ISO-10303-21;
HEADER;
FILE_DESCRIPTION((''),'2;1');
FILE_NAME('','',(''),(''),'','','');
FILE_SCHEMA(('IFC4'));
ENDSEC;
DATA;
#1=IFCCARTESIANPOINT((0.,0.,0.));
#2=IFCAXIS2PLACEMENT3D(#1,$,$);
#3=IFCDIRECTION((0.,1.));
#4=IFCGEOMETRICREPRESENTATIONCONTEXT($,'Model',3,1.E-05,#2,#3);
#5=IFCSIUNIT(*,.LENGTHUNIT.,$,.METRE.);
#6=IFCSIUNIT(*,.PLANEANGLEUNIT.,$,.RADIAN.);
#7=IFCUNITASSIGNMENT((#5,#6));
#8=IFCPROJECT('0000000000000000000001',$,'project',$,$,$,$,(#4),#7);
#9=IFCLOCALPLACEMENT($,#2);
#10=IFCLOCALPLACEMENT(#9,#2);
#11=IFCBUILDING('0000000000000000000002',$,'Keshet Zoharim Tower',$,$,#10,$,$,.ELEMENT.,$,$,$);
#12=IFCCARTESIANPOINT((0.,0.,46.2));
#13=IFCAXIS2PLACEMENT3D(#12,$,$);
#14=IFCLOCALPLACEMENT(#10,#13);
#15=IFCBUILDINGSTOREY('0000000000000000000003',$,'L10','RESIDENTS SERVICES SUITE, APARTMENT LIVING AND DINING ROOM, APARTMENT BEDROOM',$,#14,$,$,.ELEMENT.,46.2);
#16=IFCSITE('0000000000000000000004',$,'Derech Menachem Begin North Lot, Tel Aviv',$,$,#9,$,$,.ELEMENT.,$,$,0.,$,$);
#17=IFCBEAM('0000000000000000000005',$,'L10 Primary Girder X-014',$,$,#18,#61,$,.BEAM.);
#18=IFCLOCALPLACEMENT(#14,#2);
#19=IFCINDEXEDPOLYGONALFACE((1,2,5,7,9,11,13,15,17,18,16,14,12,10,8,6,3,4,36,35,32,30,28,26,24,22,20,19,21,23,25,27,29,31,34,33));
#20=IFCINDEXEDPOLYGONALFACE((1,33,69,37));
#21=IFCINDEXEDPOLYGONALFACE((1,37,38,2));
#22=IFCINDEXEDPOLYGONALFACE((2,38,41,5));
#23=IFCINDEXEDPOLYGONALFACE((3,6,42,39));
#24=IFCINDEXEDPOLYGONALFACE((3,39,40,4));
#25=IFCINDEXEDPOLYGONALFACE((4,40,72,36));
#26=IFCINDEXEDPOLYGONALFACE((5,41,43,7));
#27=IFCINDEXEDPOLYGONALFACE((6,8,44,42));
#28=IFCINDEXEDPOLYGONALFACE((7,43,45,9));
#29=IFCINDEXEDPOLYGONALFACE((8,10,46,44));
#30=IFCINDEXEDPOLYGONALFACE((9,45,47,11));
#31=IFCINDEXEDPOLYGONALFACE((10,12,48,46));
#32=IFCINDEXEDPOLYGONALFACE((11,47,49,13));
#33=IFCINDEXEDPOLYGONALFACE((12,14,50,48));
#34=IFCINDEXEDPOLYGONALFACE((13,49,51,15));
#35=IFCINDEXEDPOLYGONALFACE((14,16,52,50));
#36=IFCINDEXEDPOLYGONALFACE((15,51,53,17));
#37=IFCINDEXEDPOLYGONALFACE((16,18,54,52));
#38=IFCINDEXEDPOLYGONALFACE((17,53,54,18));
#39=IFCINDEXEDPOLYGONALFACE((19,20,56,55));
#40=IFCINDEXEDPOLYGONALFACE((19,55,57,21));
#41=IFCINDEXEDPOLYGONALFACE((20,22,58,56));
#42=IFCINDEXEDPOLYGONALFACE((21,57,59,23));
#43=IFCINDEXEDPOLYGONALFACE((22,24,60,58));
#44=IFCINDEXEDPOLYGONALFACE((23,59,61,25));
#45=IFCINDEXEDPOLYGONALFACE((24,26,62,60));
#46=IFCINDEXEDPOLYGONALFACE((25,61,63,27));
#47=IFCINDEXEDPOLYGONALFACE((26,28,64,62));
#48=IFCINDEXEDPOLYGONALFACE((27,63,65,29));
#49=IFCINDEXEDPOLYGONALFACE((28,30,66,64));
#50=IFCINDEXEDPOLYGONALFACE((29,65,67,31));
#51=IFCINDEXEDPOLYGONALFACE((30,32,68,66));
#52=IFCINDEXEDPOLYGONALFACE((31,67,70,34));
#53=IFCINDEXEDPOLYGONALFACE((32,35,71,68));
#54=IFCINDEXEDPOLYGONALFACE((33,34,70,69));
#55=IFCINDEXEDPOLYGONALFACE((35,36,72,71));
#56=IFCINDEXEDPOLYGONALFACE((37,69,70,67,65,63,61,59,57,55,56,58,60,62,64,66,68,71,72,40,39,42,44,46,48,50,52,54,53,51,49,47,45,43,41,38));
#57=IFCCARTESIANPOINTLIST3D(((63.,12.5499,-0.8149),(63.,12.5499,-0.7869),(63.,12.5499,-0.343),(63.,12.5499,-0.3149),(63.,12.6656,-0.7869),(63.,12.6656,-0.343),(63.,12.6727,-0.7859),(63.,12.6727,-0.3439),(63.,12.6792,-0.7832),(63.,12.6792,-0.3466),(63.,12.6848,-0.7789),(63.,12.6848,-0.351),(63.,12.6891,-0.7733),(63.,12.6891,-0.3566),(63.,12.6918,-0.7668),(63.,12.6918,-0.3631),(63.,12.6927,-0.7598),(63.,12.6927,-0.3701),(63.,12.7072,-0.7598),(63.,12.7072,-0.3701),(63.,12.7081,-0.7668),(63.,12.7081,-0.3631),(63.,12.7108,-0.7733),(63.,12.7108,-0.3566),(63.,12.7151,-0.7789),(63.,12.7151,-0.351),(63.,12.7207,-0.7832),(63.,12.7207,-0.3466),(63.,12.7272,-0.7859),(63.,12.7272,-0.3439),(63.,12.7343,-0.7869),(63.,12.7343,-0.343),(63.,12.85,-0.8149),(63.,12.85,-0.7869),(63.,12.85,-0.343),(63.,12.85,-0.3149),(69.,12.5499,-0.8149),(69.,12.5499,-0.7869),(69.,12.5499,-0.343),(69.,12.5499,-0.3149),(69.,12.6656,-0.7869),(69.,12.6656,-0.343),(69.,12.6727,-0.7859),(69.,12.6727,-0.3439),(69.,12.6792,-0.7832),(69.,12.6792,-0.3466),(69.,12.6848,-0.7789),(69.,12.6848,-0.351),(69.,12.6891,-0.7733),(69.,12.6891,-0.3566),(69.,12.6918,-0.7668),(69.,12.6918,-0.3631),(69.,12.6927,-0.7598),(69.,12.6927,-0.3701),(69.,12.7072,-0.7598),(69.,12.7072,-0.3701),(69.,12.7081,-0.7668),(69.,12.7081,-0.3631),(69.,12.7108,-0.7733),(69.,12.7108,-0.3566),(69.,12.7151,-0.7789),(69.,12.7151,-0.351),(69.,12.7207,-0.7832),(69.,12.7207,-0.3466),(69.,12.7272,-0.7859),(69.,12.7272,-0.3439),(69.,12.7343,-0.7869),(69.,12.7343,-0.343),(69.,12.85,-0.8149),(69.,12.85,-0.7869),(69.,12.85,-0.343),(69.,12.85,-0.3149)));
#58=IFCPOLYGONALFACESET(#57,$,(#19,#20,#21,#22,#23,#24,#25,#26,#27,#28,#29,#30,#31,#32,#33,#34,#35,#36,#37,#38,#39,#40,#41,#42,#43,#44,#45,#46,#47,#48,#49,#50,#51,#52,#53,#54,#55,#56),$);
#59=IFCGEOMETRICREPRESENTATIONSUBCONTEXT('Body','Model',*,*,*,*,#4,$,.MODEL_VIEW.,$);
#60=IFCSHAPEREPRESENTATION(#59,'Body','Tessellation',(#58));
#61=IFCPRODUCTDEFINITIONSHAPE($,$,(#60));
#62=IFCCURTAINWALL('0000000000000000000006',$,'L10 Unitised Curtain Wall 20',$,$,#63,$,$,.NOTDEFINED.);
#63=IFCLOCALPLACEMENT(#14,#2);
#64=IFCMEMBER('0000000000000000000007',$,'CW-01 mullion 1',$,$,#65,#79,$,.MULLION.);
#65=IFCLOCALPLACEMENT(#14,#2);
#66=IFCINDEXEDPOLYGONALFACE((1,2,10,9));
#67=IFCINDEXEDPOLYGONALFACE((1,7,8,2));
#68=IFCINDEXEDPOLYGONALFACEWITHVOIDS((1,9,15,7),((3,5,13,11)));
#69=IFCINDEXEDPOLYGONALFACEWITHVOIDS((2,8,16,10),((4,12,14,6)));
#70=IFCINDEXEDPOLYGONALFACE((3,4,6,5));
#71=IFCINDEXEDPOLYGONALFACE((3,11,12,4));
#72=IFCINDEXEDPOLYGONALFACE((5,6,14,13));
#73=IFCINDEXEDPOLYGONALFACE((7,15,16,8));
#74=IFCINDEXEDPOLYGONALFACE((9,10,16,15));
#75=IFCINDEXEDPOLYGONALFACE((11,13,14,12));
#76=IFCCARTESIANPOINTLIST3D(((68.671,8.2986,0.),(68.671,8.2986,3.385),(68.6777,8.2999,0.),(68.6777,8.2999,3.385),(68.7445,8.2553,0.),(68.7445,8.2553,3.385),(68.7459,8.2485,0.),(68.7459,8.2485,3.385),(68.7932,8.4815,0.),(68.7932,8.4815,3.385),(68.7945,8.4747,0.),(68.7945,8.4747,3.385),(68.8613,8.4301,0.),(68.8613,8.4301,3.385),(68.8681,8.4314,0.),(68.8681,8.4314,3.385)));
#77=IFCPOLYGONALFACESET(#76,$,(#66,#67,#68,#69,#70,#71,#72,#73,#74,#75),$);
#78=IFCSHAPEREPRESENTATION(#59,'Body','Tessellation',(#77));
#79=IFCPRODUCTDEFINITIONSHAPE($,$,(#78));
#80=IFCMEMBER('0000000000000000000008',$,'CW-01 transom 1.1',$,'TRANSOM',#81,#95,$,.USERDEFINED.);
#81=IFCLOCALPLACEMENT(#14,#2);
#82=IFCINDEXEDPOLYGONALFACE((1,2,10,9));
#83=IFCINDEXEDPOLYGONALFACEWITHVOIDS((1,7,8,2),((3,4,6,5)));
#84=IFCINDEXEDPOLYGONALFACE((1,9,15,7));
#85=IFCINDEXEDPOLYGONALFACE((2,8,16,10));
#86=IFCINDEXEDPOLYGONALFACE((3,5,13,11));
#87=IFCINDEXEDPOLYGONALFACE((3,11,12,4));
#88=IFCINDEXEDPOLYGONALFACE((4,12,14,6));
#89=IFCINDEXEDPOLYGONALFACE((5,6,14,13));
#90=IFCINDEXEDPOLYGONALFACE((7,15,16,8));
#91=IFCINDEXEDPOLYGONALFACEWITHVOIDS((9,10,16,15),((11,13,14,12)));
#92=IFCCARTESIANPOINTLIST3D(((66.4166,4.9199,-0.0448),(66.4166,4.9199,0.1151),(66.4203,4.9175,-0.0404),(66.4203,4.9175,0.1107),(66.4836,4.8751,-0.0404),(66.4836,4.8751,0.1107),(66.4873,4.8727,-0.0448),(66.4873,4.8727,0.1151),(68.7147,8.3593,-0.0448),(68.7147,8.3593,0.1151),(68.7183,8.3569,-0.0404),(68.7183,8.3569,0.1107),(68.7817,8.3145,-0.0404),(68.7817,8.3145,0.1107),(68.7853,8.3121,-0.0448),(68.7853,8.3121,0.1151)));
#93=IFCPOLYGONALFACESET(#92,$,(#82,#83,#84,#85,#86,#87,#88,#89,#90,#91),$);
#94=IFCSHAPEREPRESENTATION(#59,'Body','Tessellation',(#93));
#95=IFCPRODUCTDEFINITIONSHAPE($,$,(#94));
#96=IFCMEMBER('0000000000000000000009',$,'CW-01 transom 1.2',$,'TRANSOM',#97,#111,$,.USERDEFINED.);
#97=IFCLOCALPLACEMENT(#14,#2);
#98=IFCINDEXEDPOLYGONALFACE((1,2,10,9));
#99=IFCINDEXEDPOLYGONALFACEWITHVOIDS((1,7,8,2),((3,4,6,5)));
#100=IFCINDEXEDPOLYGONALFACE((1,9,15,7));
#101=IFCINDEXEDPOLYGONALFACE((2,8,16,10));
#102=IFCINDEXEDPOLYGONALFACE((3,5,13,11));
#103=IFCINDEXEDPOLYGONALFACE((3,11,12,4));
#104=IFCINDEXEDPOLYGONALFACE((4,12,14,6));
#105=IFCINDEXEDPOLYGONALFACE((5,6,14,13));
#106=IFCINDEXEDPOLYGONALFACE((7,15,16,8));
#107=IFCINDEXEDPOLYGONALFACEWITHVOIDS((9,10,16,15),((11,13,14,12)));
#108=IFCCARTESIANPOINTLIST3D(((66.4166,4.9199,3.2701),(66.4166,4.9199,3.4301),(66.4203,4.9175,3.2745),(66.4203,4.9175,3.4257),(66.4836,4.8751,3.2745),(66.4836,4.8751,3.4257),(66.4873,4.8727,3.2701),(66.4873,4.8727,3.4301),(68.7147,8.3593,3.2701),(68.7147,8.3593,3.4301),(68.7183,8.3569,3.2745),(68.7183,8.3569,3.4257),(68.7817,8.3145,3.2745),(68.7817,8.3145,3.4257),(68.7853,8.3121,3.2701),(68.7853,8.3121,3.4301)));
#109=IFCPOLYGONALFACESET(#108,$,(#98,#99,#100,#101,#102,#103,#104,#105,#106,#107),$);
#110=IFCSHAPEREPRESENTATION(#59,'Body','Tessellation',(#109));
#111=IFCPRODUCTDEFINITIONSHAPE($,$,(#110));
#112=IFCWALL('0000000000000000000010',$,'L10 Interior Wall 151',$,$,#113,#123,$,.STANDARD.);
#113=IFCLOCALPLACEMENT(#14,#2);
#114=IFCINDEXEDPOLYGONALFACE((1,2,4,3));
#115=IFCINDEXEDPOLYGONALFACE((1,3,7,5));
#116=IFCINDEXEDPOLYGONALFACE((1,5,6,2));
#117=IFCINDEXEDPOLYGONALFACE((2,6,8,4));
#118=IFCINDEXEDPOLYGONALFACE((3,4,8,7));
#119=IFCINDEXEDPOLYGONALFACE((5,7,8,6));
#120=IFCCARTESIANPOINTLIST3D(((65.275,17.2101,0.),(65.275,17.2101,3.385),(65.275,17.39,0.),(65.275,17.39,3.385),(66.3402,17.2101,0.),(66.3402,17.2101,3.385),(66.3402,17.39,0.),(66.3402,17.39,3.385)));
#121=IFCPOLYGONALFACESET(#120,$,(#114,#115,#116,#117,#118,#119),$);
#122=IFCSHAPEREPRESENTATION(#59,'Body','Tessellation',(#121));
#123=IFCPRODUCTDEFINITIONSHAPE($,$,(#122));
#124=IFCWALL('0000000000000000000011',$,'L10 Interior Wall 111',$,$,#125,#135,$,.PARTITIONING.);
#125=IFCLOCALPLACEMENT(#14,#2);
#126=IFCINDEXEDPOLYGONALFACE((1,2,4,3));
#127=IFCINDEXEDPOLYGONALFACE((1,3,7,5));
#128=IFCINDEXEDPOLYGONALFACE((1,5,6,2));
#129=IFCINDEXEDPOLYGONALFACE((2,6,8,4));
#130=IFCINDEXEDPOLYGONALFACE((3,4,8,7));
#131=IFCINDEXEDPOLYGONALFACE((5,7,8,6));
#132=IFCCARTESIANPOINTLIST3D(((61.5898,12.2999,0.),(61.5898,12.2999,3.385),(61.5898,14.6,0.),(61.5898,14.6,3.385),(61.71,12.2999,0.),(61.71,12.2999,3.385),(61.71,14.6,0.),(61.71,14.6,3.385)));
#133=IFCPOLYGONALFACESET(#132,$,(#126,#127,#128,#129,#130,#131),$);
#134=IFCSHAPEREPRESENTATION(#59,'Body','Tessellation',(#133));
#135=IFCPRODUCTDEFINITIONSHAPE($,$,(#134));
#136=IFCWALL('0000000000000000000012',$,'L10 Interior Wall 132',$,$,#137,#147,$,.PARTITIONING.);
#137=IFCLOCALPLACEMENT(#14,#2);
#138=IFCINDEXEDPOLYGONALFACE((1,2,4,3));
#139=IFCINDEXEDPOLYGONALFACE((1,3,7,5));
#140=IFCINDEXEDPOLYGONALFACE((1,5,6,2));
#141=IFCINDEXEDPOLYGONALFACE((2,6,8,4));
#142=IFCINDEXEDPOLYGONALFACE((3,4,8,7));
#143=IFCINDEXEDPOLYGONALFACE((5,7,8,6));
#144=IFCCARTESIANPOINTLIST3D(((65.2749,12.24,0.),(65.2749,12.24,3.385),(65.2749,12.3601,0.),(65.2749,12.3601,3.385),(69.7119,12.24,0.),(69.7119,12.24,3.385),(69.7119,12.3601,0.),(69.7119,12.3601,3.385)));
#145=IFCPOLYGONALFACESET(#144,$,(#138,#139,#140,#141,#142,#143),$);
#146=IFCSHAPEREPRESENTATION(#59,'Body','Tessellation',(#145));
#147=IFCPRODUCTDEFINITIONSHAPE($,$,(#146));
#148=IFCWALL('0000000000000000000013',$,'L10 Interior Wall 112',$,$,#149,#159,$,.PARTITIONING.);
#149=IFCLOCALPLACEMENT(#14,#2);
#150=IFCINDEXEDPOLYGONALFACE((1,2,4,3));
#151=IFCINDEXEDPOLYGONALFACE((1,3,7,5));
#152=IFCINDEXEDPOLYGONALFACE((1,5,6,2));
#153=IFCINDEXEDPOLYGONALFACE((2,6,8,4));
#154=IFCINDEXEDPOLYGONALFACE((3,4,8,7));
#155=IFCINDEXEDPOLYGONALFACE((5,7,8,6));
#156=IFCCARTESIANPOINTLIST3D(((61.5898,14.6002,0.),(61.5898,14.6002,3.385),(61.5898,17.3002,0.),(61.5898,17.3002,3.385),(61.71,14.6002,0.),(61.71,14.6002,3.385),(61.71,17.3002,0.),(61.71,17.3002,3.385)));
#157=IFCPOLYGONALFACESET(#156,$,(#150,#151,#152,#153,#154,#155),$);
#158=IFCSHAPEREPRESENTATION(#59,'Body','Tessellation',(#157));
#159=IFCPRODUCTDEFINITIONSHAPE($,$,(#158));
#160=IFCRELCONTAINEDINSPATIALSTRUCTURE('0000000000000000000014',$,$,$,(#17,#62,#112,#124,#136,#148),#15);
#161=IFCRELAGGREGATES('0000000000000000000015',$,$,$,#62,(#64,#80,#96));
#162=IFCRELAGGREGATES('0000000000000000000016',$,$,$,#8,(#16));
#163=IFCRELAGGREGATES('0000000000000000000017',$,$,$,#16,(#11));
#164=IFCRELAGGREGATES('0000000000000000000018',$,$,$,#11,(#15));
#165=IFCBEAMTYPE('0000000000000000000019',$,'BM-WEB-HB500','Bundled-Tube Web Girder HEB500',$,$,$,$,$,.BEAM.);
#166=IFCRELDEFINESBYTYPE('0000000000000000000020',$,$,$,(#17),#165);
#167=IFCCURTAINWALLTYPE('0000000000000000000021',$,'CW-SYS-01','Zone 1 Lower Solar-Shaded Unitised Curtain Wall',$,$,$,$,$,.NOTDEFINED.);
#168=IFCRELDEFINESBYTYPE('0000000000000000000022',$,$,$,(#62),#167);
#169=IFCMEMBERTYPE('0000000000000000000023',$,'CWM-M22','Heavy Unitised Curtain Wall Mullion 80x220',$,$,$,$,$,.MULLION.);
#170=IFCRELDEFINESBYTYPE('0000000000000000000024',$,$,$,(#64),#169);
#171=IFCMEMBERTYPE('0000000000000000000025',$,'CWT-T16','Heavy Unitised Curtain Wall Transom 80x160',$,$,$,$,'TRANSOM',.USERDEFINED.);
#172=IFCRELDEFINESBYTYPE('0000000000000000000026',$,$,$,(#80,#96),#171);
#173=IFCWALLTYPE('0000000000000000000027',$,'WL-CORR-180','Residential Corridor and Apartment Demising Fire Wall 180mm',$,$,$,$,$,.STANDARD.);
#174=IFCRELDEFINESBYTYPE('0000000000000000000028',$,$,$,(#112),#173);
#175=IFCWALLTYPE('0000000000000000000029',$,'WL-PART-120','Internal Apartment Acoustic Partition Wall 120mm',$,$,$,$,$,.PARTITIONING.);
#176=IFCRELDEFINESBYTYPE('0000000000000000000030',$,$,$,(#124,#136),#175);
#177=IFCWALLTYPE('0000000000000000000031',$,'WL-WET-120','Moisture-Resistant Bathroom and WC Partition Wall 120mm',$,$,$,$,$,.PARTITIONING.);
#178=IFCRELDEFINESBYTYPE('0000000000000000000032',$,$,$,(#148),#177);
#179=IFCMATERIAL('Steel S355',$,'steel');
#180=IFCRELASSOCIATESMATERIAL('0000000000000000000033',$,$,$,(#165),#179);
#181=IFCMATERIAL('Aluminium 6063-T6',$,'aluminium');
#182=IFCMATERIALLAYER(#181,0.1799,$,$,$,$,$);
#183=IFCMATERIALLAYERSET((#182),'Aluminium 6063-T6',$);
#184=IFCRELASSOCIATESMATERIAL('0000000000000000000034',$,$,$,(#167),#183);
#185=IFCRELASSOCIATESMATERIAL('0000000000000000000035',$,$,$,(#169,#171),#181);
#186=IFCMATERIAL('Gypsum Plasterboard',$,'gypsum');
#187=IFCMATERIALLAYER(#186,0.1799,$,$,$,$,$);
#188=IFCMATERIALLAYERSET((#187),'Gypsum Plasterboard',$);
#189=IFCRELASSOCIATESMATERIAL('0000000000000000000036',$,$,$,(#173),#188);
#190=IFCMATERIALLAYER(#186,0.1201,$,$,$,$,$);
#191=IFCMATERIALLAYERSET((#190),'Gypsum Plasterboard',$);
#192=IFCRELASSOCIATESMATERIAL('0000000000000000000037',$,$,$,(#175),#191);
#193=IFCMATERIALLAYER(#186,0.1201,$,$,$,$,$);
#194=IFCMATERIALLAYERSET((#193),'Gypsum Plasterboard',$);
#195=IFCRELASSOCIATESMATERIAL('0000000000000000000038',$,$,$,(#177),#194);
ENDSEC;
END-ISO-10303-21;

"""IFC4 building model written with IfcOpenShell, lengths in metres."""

from ifc_helpers import new_model, si_unit, direction, frame, frame_2d, origin, origin_2d, place, context, subcontext, project, spatial, rectangle, hollow_rectangle, i_section, extrude, material, layer, layer_set, material_profile, profile_set, type_object, element, aggregate, save


model = new_model("IFC4")

# Units and contexts
model_context = context("Model", 3, precision=1e-05, world=origin(), true_north=direction((0.0, 1.0)))
body_context = subcontext(model_context, "Body", "Model", "MODEL_VIEW")
ifc_project = project(units=[si_unit("LENGTHUNIT", "METRE"), si_unit("PLANEANGLEUNIT", "RADIAN")], contexts=[model_context])

# Site, building, storey
site_placement = place(None, origin())
site = spatial("IfcSite", under=ifc_project, at=site_placement, Name="Derech Menachem Begin North Lot, Tel Aviv", CompositionType="ELEMENT", RefElevation=0.0)
building_placement = place(site_placement, origin())
building = spatial("IfcBuilding", under=site, at=building_placement, Name="Keshet Zoharim Tower", CompositionType="ELEMENT")
storey_placement = place(building_placement, frame((0.0, 0.0, 46.2)))
storey = spatial("IfcBuildingStorey", under=building, at=storey_placement, Name="L10", Description="RESIDENTS SERVICES SUITE, APARTMENT LIVING AND DINING ROOM, APARTMENT BEDROOM", CompositionType="ELEMENT", Elevation=46.2)

# Beam
ifc_material_1 = material(Name="Steel S355", Category="steel")
ifc_material_profile_1 = material_profile(ifc_material_1, i_section(OverallWidth=0.3, OverallDepth=0.5, WebThickness=0.0144, FlangeThickness=0.0281, FilletRadius=0.0271, at=origin_2d()), Name="HEB500")
ifc_profile_set_1 = profile_set([ifc_material_profile_1], Name="Steel S355")
beam_type_1 = type_object("IfcBeamType", Name="BM-WEB-HB500", Description="Bundled-Tube Web Girder HEB500", PredefinedType="BEAM", material=ifc_profile_set_1)
for number, where, z_axis, x_axis, name in (
    (1, (63.0, 12.7, -0.5649), (1.0, 0.0, 0.0), (0.0, 1.0, 0.0), "L10 Primary Girder X-014"),
):
    element("IfcBeam", number, at=place(storey_placement, frame(where, z_axis=z_axis, x_axis=x_axis)), inside=storey, type_object=beam_type_1, Name=name, PredefinedType="BEAM", context=body_context, shape_type="SweptSolid", body=[
        extrude(i_section(OverallWidth=0.3, OverallDepth=0.5, WebThickness=0.0144, FlangeThickness=0.0281, FilletRadius=0.0271, at=origin_2d()), origin(), (0.0, 0.0, 1.0), 6.0),
    ])

# Curtain wall, members
ifc_material_2 = material(Name="Aluminium 6063-T6", Category="aluminium")
ifc_layer_1 = layer(ifc_material_2, 0.1799)
ifc_layer_set_1 = layer_set([ifc_layer_1], Name="Aluminium 6063-T6")
curtain_wall_type = type_object("IfcCurtainWallType", Name="CW-SYS-01", Description="Zone 1 Lower Solar-Shaded Unitised Curtain Wall", PredefinedType="NOTDEFINED", material=ifc_layer_set_1)
curtain_wall_placement = place(storey_placement, origin())
curtain_wall = element("IfcCurtainWall", 2, at=curtain_wall_placement, inside=storey, type_object=curtain_wall_type, Name="L10 Unitised Curtain Wall 20", PredefinedType="NOTDEFINED")
ifc_material_profile_2 = material_profile(ifc_material_2, hollow_rectangle(XDim=0.0901, YDim=0.22, WallThickness=0.0049, at=origin_2d()), Name="MUL-90x220")
ifc_profile_set_2 = profile_set([ifc_material_profile_2], Name="Aluminium 6063-T6")
member_type_1 = type_object("IfcMemberType", Name="CWM-M22", Description="Heavy Unitised Curtain Wall Mullion 80x220", PredefinedType="MULLION", material=ifc_profile_set_2)
member_1_placement = place(storey_placement, frame((68.7695, 8.365, 0.0), z_axis=(0.0, 0.0, 1.0), x_axis=(0.831474, -0.555563, 0.0)))
member_1 = element("IfcMember", 3, at=member_1_placement, type_object=member_type_1, Name="CW-01 mullion 1", PredefinedType="MULLION", context=body_context, shape_type="SweptSolid", body=[
    extrude(hollow_rectangle(XDim=0.0901, YDim=0.22, WallThickness=0.0049, at=origin_2d()), origin(), (0.0, 0.0, 1.0), 3.385),
])
ifc_material_profile_3 = material_profile(ifc_material_2, hollow_rectangle(XDim=0.085, YDim=0.1599, WallThickness=0.0044, at=origin_2d()), Name="TRN-85x160")
ifc_profile_set_3 = profile_set([ifc_material_profile_3], Name="Aluminium 6063-T6")
member_type_2 = type_object("IfcMemberType", Name="CWT-T16", Description="Heavy Unitised Curtain Wall Transom 80x160", ElementType="TRANSOM", PredefinedType="USERDEFINED", material=ifc_profile_set_3)
member_2_placement = place(storey_placement, frame((68.75, 8.3357, 0.0352), z_axis=(-0.555558, -0.831478, 0.0), x_axis=(0.831478, -0.555558, 0.0)))
member_2 = element("IfcMember", 4, at=member_2_placement, type_object=member_type_2, Name="CW-01 transom 1.1", ObjectType="TRANSOM", PredefinedType="USERDEFINED", context=body_context, shape_type="SweptSolid", body=[
    extrude(hollow_rectangle(XDim=0.085, YDim=0.1599, WallThickness=0.0044, at=origin_2d()), origin(), (0.0, 0.0, 1.0), 4.1365),
])
member_3_placement = place(storey_placement, frame((68.75, 8.3357, 3.3501), z_axis=(-0.555558, -0.831478, 0.0), x_axis=(0.831478, -0.555558, 0.0)))
member_3 = element("IfcMember", 5, at=member_3_placement, type_object=member_type_2, Name="CW-01 transom 1.2", ObjectType="TRANSOM", PredefinedType="USERDEFINED", context=body_context, shape_type="SweptSolid", body=[
    extrude(hollow_rectangle(XDim=0.085, YDim=0.1599, WallThickness=0.0044, at=origin_2d()), origin(), (0.0, 0.0, 1.0), 4.1365),
])
aggregate(curtain_wall, [member_1, member_2, member_3])

# Shared definitions
ifc_material_3 = material(Name="Gypsum Plasterboard", Category="gypsum")
ifc_layer_2 = layer(ifc_material_3, 0.1799)
ifc_layer_set_2 = layer_set([ifc_layer_2], Name="Gypsum Plasterboard")
wall_type_1 = type_object("IfcWallType", Name="WL-CORR-180", Description="Residential Corridor and Apartment Demising Fire Wall 180mm", PredefinedType="STANDARD", material=ifc_layer_set_2)

# Walls
wall_1_placement = place(storey_placement, frame((65.2749, 17.3, 0.0), z_axis=(0.0, 0.0, 1.0), x_axis=(1.0, 0.0, 0.0)))
element("IfcWall", 6, at=wall_1_placement, inside=storey, type_object=wall_type_1, Name="L10 Interior Wall 151", PredefinedType="STANDARD", context=body_context, shape_type="SweptSolid", body=[
    extrude(rectangle(XDim=1.0652, YDim=0.1799, at=frame_2d((0.5327, 0.0))), origin(), (0.0, 0.0, 1.0), 3.385),
])
ifc_layer_3 = layer(ifc_material_3, 0.1201)
ifc_layer_set_3 = layer_set([ifc_layer_3], Name="Gypsum Plasterboard")
wall_type_2 = type_object("IfcWallType", Name="WL-PART-120", Description="Internal Apartment Acoustic Partition Wall 120mm", PredefinedType="PARTITIONING", material=ifc_layer_set_3)
wall_2_placement = place(storey_placement, frame((61.6499, 12.3, 0.0), z_axis=(0.0, 0.0, 1.0), x_axis=(0.0, 1.0, 0.0)))
element("IfcWall", 7, at=wall_2_placement, inside=storey, type_object=wall_type_2, Name="L10 Interior Wall 111", PredefinedType="PARTITIONING", context=body_context, shape_type="SweptSolid", body=[
    extrude(rectangle(XDim=2.3, YDim=0.1201, at=frame_2d((1.1499, 0.0))), origin(), (0.0, 0.0, 1.0), 3.385),
])

# Walls
wall_3_placement = place(storey_placement, frame((65.2749, 12.3, 0.0), z_axis=(0.0, 0.0, 1.0), x_axis=(1.0, 0.0, 0.0)))
element("IfcWall", 8, at=wall_3_placement, inside=storey, type_object=wall_type_2, Name="L10 Interior Wall 132", PredefinedType="PARTITIONING", context=body_context, shape_type="SweptSolid", body=[
    extrude(rectangle(XDim=4.437, YDim=0.1201, at=frame_2d((2.2185, 0.0))), origin(), (0.0, 0.0, 1.0), 3.385),
])
ifc_layer_4 = layer(ifc_material_3, 0.1201)
ifc_layer_set_4 = layer_set([ifc_layer_4], Name="Gypsum Plasterboard")
wall_type_3 = type_object("IfcWallType", Name="WL-WET-120", Description="Moisture-Resistant Bathroom and WC Partition Wall 120mm", PredefinedType="PARTITIONING", material=ifc_layer_set_4)
wall_4_placement = place(storey_placement, frame((61.6499, 14.6001, 0.0), z_axis=(0.0, 0.0, 1.0), x_axis=(0.0, 1.0, 0.0)))
element("IfcWall", 9, at=wall_4_placement, inside=storey, type_object=wall_type_3, Name="L10 Interior Wall 112", PredefinedType="PARTITIONING", context=body_context, shape_type="SweptSolid", body=[
    extrude(rectangle(XDim=2.7, YDim=0.1201, at=frame_2d((1.3501, 0.0))), origin(), (0.0, 0.0, 1.0), 3.385),
])

save(model, "model.ifc")
